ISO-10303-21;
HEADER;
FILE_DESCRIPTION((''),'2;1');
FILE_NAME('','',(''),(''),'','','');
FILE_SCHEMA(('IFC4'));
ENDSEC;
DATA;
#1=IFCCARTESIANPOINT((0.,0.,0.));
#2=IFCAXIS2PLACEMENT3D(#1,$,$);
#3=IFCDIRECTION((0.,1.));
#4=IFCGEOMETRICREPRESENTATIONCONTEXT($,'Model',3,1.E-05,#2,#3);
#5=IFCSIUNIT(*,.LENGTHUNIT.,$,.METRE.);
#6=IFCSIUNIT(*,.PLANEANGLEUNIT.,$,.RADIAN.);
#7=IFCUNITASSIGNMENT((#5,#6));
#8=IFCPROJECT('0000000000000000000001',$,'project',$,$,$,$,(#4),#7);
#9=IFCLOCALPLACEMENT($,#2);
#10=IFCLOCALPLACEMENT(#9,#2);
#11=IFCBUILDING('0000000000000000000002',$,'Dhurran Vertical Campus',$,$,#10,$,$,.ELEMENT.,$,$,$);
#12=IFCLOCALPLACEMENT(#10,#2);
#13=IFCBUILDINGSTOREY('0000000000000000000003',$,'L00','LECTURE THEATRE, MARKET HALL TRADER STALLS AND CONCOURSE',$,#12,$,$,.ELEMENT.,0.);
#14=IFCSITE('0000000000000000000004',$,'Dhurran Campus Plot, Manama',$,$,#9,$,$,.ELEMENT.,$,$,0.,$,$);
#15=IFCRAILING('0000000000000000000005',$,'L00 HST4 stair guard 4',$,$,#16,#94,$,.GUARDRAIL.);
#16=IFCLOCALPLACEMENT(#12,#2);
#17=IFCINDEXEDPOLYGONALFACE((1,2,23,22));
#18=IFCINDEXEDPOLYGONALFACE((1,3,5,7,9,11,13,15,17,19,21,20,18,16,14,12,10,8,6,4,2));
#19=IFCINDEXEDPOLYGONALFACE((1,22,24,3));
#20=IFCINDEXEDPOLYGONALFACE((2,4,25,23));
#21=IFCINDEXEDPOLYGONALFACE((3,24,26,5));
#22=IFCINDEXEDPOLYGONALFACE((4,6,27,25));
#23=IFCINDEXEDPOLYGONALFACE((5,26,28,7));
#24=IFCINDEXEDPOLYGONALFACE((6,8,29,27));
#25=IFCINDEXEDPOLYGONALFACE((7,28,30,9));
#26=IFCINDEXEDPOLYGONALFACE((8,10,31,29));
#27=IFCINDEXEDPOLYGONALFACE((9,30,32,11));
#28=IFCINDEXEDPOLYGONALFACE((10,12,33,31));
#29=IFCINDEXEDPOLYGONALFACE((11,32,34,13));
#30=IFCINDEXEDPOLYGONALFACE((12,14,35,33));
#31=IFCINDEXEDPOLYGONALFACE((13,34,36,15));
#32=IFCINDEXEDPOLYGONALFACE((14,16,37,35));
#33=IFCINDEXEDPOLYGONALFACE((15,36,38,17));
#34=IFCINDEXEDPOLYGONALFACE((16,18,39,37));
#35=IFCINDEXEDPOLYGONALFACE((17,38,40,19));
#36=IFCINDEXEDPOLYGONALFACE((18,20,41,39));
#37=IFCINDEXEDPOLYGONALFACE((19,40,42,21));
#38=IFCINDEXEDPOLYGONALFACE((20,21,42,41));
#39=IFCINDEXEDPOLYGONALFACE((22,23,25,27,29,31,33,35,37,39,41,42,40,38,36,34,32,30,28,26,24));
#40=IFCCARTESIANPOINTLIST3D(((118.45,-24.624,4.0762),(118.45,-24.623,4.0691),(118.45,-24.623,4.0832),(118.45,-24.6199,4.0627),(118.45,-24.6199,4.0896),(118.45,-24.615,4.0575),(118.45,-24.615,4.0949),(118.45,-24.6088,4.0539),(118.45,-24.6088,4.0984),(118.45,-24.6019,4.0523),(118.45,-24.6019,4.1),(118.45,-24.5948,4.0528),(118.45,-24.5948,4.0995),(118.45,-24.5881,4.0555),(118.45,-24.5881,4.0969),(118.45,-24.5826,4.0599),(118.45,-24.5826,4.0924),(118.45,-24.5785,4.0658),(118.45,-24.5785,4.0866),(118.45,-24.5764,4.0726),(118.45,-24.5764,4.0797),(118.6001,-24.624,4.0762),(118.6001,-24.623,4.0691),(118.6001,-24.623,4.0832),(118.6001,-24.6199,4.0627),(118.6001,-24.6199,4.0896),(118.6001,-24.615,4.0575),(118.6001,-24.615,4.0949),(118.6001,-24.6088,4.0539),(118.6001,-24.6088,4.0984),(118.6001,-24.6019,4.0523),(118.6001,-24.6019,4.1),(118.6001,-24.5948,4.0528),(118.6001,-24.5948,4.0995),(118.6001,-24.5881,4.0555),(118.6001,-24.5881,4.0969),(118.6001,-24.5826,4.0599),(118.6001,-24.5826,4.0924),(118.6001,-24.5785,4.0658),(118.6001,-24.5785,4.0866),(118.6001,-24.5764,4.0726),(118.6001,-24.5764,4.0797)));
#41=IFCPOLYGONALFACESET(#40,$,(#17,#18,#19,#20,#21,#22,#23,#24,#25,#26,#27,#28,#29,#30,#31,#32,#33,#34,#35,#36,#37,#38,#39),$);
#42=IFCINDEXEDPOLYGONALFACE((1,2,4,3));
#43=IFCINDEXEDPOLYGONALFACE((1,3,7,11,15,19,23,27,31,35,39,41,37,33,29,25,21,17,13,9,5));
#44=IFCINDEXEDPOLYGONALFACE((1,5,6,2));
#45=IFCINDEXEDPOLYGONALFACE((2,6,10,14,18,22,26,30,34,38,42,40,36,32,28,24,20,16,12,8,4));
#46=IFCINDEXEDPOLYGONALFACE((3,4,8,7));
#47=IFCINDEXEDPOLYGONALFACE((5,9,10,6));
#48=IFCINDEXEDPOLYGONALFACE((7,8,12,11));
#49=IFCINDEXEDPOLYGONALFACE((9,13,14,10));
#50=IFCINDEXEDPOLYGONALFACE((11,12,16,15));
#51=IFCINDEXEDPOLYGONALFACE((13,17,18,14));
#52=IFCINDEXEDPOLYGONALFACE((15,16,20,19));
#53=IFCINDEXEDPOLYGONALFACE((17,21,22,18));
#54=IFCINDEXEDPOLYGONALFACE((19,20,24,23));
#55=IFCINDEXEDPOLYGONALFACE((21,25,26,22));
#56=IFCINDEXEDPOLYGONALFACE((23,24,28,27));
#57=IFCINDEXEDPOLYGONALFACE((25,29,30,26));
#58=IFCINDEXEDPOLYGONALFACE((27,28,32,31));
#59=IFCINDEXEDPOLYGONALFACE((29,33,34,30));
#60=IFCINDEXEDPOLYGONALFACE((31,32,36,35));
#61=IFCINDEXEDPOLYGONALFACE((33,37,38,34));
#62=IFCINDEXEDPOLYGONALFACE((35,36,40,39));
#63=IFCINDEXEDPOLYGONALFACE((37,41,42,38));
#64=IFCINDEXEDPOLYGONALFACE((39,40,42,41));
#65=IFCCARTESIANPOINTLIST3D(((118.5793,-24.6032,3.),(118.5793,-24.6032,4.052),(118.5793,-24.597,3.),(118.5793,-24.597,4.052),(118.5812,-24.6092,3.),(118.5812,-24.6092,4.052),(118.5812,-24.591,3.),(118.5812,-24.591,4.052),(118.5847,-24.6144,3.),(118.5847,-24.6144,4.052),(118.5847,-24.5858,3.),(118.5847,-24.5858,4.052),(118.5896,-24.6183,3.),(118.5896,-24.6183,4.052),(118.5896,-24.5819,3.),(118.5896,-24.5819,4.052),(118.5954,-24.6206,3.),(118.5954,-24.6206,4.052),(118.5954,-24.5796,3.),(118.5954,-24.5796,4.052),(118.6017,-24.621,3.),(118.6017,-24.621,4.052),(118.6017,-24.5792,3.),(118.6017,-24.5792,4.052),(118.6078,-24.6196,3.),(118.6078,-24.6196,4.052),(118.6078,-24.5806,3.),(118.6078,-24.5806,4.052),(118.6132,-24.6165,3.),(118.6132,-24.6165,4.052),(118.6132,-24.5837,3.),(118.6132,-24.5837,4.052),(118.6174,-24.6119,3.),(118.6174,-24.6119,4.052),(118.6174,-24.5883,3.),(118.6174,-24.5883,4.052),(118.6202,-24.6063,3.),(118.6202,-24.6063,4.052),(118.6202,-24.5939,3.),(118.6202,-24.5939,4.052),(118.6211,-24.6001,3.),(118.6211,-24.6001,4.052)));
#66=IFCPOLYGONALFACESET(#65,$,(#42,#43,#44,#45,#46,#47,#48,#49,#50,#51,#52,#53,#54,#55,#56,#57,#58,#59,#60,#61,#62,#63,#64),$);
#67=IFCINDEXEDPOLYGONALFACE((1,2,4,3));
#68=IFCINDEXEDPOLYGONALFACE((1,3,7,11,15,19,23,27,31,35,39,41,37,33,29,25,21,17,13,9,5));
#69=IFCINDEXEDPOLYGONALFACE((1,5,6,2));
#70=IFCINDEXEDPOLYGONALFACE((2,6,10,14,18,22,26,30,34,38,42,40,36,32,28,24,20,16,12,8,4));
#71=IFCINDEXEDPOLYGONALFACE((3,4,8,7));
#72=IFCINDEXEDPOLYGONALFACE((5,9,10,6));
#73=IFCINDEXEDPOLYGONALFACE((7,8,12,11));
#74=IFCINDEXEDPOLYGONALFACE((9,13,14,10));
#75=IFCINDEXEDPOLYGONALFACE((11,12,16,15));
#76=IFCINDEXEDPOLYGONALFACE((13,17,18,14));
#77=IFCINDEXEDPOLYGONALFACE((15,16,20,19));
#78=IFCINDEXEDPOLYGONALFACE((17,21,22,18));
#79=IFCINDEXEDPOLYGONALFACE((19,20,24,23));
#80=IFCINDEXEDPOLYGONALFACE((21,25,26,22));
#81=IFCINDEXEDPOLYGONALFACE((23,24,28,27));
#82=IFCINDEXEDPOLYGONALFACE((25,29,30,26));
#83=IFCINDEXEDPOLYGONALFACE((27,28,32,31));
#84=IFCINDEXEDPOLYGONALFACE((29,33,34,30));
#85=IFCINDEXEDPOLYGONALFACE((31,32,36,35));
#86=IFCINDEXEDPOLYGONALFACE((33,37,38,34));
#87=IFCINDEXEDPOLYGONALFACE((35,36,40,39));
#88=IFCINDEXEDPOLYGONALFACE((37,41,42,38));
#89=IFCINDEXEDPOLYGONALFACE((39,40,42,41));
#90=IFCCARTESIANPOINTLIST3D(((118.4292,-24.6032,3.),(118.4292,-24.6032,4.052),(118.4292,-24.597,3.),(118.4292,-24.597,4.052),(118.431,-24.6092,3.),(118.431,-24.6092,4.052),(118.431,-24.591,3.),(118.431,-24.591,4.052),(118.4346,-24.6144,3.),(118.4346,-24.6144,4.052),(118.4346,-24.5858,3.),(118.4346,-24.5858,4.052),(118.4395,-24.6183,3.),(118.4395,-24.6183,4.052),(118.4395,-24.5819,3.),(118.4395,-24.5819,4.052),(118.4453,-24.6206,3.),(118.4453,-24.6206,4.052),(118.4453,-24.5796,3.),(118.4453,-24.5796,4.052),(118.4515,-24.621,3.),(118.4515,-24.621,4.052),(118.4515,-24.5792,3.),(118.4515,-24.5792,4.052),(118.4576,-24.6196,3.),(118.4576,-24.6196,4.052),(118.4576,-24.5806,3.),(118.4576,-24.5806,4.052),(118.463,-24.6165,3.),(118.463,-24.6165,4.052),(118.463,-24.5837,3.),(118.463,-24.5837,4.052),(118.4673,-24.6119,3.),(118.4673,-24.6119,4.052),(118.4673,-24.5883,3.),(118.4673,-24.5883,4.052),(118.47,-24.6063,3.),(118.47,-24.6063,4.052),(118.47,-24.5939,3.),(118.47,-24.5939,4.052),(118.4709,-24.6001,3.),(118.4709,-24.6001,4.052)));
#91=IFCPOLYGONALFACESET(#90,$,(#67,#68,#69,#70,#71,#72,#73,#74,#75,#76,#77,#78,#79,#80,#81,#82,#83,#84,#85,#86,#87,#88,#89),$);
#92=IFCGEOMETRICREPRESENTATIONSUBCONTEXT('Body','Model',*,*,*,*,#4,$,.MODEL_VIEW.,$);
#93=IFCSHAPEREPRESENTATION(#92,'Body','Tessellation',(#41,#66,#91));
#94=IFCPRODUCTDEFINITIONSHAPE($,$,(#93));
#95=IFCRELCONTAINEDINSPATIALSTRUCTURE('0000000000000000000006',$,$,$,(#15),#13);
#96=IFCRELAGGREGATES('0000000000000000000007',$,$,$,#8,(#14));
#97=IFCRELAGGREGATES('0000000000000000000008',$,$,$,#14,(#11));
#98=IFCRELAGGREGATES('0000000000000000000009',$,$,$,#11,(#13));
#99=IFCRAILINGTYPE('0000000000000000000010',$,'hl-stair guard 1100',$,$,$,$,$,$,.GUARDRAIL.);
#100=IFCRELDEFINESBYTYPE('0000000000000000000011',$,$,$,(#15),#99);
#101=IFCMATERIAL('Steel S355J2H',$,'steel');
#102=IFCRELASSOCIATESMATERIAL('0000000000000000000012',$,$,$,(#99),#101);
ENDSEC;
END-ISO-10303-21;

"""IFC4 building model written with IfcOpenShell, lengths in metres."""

from ifc_helpers import new_model, si_unit, direction, frame, origin, origin_2d, place, context, subcontext, project, spatial, circle, extrude, material, type_object, element, save


model = new_model("IFC4")

# Units and contexts
model_context = context("Model", 3, precision=1e-05, world=origin(), true_north=direction((0.0, 1.0)))
body_context = subcontext(model_context, "Body", "Model", "MODEL_VIEW")
ifc_project = project(units=[si_unit("LENGTHUNIT", "METRE"), si_unit("PLANEANGLEUNIT", "RADIAN")], contexts=[model_context])

# Site, building, storey
site_placement = place(None, origin())
site = spatial("IfcSite", under=ifc_project, at=site_placement, Name="Dhurran Campus Plot, Manama", CompositionType="ELEMENT", RefElevation=0.0)
building_placement = place(site_placement, origin())
building = spatial("IfcBuilding", under=site, at=building_placement, Name="Dhurran Vertical Campus", CompositionType="ELEMENT")
storey_placement = place(building_placement, origin())
storey = spatial("IfcBuildingStorey", under=building, at=storey_placement, Name="L00", Description="LECTURE THEATRE, MARKET HALL TRADER STALLS AND CONCOURSE", CompositionType="ELEMENT", Elevation=0.0)

# Railing
ifc_material_1 = material(Name="Steel S355J2H", Category="steel")
railing_type_1 = type_object("IfcRailingType", Name="hl-stair guard 1100", PredefinedType="GUARDRAIL", material=ifc_material_1)
railing_1_placement = place(storey_placement, frame((118.6001, -24.6001, 3.0)))
element("IfcRailing", 1, at=railing_1_placement, inside=storey, type_object=railing_type_1, Name="L00 HST4 stair guard 4", PredefinedType="GUARDRAIL", context=body_context, shape_type="SweptSolid", body=[
    extrude(circle(Radius=0.0239, at=origin_2d()), frame((0.0, 0.0, 1.0762), z_axis=(-1.0, 0.0, 0.0), x_axis=(0.0, -1.0, 0.0)), (0.0, 0.0, 1.0), 0.1501),
    extrude(circle(Radius=0.021, at=origin_2d()), origin(), (0.0, 0.0, 1.0), 1.052),
    extrude(circle(Radius=0.021, at=origin_2d()), frame((-0.1501, 0.0, 0.0)), (0.0, 0.0, 1.0), 1.052),
])

save(model, "model.ifc")
